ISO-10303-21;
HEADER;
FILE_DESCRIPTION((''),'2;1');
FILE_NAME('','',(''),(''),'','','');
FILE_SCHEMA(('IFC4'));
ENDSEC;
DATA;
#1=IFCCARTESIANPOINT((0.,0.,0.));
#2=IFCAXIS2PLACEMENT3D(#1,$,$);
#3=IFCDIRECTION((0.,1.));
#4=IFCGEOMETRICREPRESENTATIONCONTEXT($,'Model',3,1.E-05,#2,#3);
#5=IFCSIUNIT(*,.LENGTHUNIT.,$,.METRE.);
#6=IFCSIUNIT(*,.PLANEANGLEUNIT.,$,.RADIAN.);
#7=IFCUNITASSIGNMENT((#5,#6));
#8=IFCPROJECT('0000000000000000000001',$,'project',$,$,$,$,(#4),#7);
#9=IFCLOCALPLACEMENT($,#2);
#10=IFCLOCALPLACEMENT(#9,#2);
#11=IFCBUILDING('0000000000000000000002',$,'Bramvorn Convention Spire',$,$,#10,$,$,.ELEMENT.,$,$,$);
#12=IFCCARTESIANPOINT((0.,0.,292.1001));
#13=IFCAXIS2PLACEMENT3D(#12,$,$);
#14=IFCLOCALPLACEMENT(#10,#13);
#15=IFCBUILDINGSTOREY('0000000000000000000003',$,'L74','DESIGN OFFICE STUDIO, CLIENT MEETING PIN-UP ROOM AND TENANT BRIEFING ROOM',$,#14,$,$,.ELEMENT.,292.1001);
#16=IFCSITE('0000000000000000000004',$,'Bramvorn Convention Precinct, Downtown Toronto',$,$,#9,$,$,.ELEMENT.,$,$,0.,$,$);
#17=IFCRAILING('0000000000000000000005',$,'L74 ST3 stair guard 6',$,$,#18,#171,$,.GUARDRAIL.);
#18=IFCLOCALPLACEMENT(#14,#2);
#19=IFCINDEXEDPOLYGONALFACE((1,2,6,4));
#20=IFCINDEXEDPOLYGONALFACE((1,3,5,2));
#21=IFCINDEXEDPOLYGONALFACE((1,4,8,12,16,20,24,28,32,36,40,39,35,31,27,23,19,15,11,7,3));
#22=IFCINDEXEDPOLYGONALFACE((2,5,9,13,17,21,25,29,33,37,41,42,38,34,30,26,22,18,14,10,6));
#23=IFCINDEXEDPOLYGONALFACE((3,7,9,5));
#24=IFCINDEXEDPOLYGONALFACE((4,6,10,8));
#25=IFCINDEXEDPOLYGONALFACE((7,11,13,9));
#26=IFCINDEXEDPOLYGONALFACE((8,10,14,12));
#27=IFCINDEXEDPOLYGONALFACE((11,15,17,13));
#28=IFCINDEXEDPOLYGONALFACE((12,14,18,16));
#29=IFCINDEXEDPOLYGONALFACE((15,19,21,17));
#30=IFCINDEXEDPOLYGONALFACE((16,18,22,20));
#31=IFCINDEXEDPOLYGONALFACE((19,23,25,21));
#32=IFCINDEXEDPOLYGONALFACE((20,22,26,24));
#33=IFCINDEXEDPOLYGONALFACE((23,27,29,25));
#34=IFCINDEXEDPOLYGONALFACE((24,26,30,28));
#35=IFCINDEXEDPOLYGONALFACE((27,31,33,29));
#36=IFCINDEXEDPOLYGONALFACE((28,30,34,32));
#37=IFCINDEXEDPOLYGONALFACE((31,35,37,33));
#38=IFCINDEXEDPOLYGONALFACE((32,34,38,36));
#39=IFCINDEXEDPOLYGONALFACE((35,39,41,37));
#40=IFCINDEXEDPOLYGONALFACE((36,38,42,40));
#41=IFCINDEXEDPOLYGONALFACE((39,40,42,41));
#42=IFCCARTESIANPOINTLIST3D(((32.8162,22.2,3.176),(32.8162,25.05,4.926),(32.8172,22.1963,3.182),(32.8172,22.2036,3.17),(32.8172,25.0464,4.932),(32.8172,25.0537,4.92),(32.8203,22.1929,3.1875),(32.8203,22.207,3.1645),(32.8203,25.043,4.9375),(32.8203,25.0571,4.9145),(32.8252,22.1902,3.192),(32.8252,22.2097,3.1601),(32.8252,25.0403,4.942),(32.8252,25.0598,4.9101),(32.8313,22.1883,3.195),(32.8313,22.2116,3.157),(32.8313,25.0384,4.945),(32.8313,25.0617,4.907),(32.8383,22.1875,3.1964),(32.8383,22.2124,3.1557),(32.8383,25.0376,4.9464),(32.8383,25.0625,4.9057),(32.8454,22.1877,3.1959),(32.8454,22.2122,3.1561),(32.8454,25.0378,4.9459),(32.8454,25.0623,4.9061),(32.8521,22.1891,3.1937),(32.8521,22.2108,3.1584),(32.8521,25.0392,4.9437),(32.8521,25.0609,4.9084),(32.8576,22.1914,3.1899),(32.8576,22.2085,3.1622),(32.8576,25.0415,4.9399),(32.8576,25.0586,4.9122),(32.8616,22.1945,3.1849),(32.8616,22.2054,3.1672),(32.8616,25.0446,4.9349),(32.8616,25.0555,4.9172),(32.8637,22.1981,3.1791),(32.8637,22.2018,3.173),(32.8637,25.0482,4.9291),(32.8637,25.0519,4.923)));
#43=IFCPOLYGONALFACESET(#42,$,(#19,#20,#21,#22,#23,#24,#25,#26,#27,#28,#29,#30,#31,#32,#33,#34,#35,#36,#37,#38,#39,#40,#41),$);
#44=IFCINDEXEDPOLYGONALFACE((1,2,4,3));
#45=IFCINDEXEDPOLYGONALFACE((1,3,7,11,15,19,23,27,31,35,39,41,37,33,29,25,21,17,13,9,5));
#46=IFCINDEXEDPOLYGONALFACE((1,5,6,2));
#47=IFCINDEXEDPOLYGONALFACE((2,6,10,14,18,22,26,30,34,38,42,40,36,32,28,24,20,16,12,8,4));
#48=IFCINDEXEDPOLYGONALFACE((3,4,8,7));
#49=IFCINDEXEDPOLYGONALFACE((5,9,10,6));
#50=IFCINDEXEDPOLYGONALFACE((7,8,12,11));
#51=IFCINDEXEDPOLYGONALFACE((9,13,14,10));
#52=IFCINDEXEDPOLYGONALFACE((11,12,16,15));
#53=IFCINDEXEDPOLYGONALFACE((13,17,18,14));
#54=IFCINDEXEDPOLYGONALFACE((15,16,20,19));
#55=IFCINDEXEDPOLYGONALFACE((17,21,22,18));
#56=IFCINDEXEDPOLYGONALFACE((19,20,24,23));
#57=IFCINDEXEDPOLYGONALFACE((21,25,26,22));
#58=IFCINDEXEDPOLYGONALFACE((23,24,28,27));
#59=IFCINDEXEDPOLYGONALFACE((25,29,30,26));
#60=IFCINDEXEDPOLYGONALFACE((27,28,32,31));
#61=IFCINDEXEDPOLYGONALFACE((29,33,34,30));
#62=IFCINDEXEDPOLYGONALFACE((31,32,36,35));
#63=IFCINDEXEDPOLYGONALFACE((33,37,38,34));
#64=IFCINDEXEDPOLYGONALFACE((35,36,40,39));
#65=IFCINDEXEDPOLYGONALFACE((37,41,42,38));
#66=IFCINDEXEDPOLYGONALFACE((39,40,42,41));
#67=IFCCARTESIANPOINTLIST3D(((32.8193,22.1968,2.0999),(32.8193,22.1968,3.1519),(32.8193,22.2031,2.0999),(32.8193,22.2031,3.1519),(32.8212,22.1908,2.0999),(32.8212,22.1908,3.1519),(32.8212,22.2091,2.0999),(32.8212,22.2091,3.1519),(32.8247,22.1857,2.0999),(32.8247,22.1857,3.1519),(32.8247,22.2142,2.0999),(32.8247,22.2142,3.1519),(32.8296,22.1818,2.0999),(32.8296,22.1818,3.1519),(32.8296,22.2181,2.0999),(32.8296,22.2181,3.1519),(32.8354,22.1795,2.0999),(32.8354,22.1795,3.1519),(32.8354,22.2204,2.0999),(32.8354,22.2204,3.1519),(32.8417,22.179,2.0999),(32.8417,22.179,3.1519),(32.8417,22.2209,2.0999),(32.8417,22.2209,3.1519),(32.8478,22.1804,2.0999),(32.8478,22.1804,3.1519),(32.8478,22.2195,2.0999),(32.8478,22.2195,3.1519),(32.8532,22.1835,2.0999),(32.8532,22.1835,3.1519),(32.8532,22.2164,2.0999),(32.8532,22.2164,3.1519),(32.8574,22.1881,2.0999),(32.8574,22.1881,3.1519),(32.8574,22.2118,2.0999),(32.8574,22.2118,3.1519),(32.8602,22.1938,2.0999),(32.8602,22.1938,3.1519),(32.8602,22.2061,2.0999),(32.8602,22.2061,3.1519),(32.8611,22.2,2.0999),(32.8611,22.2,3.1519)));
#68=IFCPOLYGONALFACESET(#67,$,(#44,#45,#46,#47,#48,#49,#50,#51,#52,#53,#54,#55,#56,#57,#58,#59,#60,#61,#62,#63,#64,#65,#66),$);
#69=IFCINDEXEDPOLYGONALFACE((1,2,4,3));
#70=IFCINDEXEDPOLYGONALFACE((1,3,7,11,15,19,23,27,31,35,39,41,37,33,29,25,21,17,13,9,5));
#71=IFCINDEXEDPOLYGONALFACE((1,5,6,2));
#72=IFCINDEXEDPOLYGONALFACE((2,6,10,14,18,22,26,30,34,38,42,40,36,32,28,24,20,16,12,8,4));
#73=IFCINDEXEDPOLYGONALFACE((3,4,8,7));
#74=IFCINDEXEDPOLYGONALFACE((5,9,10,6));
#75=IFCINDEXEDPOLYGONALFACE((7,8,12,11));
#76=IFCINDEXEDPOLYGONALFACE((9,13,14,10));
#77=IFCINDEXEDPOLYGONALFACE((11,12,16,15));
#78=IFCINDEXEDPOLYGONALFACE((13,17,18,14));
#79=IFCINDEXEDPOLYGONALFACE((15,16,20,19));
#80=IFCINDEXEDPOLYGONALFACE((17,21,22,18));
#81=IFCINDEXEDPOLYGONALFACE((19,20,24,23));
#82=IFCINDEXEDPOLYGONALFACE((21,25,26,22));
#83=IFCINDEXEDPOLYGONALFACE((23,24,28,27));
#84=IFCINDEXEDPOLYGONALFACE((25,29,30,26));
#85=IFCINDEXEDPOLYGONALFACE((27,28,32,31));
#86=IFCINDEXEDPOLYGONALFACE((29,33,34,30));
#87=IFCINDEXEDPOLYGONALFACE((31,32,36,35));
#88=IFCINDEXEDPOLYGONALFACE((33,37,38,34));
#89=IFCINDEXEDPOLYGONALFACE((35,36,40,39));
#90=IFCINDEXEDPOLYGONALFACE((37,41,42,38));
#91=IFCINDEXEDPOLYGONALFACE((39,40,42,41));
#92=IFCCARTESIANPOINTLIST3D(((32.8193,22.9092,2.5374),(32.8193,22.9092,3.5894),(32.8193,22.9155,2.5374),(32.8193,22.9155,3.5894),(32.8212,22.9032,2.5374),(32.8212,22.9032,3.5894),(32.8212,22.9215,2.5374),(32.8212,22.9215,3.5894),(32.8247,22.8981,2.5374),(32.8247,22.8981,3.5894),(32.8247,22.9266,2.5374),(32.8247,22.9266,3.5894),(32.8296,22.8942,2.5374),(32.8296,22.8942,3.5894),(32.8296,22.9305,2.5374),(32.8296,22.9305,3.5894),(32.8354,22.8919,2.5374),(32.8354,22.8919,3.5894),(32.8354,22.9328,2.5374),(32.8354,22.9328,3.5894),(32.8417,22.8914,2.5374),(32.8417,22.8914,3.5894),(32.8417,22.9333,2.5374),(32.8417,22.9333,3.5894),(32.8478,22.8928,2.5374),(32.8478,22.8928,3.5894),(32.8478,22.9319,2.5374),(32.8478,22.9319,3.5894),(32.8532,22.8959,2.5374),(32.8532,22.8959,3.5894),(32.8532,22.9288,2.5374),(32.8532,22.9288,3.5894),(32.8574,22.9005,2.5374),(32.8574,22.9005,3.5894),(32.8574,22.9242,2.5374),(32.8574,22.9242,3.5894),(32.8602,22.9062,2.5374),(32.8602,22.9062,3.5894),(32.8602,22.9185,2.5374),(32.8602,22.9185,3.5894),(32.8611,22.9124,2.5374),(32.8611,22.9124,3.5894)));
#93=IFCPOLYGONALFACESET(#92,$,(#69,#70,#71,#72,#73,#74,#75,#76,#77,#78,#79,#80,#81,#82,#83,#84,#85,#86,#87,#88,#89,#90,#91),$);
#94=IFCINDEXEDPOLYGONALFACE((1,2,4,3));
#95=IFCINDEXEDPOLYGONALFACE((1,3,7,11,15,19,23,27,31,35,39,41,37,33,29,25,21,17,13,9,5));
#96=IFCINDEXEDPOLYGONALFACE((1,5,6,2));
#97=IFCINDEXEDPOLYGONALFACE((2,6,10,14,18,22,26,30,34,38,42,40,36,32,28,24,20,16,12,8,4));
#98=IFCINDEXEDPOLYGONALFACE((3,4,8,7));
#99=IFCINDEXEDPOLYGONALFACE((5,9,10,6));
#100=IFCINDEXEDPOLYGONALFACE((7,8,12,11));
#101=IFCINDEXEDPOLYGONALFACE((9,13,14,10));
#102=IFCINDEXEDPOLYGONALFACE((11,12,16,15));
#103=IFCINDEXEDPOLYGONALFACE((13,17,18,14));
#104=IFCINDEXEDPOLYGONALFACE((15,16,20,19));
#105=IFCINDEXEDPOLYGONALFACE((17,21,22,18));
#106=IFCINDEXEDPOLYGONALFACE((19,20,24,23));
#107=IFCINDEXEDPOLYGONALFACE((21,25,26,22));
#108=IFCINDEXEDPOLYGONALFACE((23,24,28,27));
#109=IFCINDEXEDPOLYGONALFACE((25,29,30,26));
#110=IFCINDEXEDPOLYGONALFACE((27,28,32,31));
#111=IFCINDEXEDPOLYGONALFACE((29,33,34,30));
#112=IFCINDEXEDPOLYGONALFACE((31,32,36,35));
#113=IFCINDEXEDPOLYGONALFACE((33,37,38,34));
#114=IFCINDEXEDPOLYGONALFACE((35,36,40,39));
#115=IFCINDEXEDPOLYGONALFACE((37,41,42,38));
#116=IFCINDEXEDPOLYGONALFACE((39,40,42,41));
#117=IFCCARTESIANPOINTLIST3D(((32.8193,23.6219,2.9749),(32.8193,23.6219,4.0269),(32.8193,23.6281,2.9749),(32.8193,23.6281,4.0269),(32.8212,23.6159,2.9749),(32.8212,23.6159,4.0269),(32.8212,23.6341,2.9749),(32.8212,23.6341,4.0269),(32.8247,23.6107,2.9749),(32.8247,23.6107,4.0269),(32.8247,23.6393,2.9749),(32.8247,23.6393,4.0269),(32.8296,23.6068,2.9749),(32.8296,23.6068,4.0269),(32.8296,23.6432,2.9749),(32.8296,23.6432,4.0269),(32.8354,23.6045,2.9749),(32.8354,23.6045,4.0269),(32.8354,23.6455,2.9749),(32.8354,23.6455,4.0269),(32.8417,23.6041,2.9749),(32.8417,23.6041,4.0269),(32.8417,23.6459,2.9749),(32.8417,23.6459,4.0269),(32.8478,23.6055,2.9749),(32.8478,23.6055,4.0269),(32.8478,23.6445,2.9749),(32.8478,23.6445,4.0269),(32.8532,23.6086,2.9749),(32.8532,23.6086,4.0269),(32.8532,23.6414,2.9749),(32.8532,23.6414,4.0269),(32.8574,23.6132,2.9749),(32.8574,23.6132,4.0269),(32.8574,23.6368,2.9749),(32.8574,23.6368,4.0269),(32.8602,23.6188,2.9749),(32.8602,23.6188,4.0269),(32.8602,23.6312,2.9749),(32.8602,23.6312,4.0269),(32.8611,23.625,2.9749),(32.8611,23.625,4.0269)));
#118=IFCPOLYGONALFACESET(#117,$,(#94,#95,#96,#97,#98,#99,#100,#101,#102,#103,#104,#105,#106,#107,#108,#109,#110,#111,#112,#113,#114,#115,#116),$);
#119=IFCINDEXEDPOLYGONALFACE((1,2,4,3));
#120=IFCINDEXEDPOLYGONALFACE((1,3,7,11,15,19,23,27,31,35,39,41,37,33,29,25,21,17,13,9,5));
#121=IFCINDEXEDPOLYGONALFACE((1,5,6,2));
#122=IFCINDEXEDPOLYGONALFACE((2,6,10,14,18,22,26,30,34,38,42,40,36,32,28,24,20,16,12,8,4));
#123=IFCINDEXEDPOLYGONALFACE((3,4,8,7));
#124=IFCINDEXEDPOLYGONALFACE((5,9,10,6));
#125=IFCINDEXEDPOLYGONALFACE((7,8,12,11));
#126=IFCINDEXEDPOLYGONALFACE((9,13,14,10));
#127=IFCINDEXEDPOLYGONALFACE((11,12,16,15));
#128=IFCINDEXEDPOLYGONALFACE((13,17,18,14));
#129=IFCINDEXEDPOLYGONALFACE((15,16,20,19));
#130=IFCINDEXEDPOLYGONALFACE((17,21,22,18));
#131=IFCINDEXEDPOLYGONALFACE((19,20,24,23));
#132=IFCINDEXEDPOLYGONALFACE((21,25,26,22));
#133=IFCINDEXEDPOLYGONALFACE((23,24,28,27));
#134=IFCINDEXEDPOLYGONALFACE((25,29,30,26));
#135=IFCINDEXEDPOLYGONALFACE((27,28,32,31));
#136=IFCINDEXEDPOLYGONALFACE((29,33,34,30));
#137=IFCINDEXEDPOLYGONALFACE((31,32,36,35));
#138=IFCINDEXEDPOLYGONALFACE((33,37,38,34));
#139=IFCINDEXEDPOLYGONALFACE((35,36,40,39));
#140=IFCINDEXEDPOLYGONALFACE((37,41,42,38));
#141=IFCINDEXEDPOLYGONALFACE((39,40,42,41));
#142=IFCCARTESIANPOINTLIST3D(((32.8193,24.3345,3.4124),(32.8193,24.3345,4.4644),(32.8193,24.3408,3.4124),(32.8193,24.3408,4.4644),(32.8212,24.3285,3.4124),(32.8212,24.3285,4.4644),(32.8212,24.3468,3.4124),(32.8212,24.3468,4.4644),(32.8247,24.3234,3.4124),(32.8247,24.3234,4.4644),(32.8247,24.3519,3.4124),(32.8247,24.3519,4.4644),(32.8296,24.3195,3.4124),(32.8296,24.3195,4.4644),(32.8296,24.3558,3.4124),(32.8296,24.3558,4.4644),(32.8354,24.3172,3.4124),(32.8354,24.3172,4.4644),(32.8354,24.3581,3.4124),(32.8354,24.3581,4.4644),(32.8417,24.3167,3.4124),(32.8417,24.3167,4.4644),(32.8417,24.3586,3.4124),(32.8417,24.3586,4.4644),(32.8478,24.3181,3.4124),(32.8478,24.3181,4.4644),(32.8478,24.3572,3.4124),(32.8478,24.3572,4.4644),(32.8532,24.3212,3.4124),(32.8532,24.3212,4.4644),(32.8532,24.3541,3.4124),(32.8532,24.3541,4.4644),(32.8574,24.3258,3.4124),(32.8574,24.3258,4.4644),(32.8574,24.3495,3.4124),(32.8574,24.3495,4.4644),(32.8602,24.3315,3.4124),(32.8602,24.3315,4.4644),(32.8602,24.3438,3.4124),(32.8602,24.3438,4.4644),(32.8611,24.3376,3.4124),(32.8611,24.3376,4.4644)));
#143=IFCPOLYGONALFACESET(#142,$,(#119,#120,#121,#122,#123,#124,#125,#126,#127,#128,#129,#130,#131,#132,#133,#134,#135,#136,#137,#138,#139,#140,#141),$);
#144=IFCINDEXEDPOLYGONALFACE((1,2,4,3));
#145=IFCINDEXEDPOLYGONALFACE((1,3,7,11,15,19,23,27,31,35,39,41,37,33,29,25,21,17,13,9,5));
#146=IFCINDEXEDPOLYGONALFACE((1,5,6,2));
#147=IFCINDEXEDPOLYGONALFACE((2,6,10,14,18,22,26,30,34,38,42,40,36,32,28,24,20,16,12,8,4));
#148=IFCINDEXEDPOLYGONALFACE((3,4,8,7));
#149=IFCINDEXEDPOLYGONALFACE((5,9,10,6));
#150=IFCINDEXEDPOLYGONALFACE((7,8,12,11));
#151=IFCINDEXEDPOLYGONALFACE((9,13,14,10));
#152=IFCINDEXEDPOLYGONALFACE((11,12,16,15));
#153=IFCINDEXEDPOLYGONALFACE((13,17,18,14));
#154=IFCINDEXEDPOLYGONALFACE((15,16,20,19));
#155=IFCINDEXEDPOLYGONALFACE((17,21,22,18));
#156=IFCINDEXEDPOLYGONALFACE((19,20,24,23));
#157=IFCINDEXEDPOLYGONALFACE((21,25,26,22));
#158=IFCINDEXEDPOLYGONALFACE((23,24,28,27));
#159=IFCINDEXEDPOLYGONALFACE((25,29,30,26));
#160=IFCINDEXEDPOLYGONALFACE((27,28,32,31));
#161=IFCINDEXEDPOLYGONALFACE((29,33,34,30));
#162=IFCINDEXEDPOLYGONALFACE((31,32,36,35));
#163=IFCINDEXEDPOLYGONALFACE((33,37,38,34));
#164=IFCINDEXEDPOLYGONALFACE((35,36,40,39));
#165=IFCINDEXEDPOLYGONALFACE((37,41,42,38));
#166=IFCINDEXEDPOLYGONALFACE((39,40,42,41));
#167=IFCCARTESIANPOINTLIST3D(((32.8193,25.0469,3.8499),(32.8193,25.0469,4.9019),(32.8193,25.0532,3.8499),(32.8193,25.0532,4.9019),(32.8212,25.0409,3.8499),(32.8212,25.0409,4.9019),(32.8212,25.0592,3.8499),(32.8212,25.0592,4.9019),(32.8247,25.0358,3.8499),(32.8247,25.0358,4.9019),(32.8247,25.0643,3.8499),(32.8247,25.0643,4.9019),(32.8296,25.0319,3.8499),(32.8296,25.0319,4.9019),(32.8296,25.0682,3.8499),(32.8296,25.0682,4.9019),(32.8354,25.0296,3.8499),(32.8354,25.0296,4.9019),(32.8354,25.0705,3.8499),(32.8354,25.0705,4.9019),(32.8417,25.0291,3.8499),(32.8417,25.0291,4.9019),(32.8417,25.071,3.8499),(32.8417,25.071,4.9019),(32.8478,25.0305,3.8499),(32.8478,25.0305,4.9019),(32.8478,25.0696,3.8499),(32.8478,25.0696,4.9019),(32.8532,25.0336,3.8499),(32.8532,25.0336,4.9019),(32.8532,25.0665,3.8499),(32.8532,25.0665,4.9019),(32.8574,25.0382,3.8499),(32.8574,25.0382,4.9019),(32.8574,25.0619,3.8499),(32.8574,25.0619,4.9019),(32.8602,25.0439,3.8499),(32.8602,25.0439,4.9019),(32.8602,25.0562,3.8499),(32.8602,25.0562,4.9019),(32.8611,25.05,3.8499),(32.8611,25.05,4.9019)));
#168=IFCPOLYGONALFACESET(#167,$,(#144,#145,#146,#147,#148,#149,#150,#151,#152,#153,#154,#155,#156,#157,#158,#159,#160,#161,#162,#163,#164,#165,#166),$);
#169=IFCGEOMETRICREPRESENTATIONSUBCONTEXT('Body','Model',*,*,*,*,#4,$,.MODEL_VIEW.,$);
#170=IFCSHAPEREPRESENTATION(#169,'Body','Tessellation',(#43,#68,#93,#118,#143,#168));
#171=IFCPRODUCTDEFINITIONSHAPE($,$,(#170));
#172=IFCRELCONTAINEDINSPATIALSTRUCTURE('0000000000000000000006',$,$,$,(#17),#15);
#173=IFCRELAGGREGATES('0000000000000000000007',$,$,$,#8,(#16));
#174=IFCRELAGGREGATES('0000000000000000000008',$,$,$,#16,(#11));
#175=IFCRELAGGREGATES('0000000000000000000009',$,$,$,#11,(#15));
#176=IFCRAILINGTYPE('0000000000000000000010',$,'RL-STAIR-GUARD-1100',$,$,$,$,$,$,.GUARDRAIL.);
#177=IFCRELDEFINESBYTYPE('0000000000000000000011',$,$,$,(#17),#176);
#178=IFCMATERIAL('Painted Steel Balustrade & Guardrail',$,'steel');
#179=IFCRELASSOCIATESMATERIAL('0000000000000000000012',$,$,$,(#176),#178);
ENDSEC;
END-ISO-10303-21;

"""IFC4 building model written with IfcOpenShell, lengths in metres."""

from ifc_helpers import new_model, si_unit, direction, frame, origin, origin_2d, place, context, subcontext, project, spatial, circle, extrude, material, type_object, element, save


model = new_model("IFC4")

# Units and contexts
model_context = context("Model", 3, precision=1e-05, world=origin(), true_north=direction((0.0, 1.0)))
body_context = subcontext(model_context, "Body", "Model", "MODEL_VIEW")
ifc_project = project(units=[si_unit("LENGTHUNIT", "METRE"), si_unit("PLANEANGLEUNIT", "RADIAN")], contexts=[model_context])

# Site, building, storey
site_placement = place(None, origin())
site = spatial("IfcSite", under=ifc_project, at=site_placement, Name="Bramvorn Convention Precinct, Downtown Toronto", CompositionType="ELEMENT", RefElevation=0.0)
building_placement = place(site_placement, origin())
building = spatial("IfcBuilding", under=site, at=building_placement, Name="Bramvorn Convention Spire", CompositionType="ELEMENT")
storey_placement = place(building_placement, frame((0.0, 0.0, 292.1001)))
storey = spatial("IfcBuildingStorey", under=building, at=storey_placement, Name="L74", Description="DESIGN OFFICE STUDIO, CLIENT MEETING PIN-UP ROOM AND TENANT BRIEFING ROOM", CompositionType="ELEMENT", Elevation=292.1001)

# Railing
ifc_material_1 = material(Name="Painted Steel Balustrade & Guardrail", Category="steel")
railing_type_1 = type_object("IfcRailingType", Name="RL-STAIR-GUARD-1100", PredefinedType="GUARDRAIL", material=ifc_material_1)
railing_1_placement = place(storey_placement, frame((32.8401, 22.2, 2.0999)))
element("IfcRailing", 1, at=railing_1_placement, inside=storey, type_object=railing_type_1, Name="L74 ST3 stair guard 6", PredefinedType="GUARDRAIL", context=body_context, shape_type="SweptSolid", body=[
    extrude(circle(Radius=0.0239, at=origin_2d()), frame((0.0, 0.0, 1.0762), z_axis=(0.0, 0.852179, 0.52325), x_axis=(-1.0, 0.0, 0.0)), (0.0, 0.0, 1.0), 3.3445),
    extrude(circle(Radius=0.021, at=origin_2d()), origin(), (0.0, 0.0, 1.0), 1.052),
    extrude(circle(Radius=0.021, at=origin_2d()), frame((0.0, 0.7124, 0.4375)), (0.0, 0.0, 1.0), 1.052),
    extrude(circle(Radius=0.021, at=origin_2d()), frame((0.0, 1.425, 0.875)), (0.0, 0.0, 1.0), 1.052),
    extrude(circle(Radius=0.021, at=origin_2d()), frame((0.0, 2.1377, 1.3125)), (0.0, 0.0, 1.0), 1.052),
    extrude(circle(Radius=0.021, at=origin_2d()), frame((0.0, 2.8501, 1.75)), (0.0, 0.0, 1.0), 1.052),
])

save(model, "model.ifc")
